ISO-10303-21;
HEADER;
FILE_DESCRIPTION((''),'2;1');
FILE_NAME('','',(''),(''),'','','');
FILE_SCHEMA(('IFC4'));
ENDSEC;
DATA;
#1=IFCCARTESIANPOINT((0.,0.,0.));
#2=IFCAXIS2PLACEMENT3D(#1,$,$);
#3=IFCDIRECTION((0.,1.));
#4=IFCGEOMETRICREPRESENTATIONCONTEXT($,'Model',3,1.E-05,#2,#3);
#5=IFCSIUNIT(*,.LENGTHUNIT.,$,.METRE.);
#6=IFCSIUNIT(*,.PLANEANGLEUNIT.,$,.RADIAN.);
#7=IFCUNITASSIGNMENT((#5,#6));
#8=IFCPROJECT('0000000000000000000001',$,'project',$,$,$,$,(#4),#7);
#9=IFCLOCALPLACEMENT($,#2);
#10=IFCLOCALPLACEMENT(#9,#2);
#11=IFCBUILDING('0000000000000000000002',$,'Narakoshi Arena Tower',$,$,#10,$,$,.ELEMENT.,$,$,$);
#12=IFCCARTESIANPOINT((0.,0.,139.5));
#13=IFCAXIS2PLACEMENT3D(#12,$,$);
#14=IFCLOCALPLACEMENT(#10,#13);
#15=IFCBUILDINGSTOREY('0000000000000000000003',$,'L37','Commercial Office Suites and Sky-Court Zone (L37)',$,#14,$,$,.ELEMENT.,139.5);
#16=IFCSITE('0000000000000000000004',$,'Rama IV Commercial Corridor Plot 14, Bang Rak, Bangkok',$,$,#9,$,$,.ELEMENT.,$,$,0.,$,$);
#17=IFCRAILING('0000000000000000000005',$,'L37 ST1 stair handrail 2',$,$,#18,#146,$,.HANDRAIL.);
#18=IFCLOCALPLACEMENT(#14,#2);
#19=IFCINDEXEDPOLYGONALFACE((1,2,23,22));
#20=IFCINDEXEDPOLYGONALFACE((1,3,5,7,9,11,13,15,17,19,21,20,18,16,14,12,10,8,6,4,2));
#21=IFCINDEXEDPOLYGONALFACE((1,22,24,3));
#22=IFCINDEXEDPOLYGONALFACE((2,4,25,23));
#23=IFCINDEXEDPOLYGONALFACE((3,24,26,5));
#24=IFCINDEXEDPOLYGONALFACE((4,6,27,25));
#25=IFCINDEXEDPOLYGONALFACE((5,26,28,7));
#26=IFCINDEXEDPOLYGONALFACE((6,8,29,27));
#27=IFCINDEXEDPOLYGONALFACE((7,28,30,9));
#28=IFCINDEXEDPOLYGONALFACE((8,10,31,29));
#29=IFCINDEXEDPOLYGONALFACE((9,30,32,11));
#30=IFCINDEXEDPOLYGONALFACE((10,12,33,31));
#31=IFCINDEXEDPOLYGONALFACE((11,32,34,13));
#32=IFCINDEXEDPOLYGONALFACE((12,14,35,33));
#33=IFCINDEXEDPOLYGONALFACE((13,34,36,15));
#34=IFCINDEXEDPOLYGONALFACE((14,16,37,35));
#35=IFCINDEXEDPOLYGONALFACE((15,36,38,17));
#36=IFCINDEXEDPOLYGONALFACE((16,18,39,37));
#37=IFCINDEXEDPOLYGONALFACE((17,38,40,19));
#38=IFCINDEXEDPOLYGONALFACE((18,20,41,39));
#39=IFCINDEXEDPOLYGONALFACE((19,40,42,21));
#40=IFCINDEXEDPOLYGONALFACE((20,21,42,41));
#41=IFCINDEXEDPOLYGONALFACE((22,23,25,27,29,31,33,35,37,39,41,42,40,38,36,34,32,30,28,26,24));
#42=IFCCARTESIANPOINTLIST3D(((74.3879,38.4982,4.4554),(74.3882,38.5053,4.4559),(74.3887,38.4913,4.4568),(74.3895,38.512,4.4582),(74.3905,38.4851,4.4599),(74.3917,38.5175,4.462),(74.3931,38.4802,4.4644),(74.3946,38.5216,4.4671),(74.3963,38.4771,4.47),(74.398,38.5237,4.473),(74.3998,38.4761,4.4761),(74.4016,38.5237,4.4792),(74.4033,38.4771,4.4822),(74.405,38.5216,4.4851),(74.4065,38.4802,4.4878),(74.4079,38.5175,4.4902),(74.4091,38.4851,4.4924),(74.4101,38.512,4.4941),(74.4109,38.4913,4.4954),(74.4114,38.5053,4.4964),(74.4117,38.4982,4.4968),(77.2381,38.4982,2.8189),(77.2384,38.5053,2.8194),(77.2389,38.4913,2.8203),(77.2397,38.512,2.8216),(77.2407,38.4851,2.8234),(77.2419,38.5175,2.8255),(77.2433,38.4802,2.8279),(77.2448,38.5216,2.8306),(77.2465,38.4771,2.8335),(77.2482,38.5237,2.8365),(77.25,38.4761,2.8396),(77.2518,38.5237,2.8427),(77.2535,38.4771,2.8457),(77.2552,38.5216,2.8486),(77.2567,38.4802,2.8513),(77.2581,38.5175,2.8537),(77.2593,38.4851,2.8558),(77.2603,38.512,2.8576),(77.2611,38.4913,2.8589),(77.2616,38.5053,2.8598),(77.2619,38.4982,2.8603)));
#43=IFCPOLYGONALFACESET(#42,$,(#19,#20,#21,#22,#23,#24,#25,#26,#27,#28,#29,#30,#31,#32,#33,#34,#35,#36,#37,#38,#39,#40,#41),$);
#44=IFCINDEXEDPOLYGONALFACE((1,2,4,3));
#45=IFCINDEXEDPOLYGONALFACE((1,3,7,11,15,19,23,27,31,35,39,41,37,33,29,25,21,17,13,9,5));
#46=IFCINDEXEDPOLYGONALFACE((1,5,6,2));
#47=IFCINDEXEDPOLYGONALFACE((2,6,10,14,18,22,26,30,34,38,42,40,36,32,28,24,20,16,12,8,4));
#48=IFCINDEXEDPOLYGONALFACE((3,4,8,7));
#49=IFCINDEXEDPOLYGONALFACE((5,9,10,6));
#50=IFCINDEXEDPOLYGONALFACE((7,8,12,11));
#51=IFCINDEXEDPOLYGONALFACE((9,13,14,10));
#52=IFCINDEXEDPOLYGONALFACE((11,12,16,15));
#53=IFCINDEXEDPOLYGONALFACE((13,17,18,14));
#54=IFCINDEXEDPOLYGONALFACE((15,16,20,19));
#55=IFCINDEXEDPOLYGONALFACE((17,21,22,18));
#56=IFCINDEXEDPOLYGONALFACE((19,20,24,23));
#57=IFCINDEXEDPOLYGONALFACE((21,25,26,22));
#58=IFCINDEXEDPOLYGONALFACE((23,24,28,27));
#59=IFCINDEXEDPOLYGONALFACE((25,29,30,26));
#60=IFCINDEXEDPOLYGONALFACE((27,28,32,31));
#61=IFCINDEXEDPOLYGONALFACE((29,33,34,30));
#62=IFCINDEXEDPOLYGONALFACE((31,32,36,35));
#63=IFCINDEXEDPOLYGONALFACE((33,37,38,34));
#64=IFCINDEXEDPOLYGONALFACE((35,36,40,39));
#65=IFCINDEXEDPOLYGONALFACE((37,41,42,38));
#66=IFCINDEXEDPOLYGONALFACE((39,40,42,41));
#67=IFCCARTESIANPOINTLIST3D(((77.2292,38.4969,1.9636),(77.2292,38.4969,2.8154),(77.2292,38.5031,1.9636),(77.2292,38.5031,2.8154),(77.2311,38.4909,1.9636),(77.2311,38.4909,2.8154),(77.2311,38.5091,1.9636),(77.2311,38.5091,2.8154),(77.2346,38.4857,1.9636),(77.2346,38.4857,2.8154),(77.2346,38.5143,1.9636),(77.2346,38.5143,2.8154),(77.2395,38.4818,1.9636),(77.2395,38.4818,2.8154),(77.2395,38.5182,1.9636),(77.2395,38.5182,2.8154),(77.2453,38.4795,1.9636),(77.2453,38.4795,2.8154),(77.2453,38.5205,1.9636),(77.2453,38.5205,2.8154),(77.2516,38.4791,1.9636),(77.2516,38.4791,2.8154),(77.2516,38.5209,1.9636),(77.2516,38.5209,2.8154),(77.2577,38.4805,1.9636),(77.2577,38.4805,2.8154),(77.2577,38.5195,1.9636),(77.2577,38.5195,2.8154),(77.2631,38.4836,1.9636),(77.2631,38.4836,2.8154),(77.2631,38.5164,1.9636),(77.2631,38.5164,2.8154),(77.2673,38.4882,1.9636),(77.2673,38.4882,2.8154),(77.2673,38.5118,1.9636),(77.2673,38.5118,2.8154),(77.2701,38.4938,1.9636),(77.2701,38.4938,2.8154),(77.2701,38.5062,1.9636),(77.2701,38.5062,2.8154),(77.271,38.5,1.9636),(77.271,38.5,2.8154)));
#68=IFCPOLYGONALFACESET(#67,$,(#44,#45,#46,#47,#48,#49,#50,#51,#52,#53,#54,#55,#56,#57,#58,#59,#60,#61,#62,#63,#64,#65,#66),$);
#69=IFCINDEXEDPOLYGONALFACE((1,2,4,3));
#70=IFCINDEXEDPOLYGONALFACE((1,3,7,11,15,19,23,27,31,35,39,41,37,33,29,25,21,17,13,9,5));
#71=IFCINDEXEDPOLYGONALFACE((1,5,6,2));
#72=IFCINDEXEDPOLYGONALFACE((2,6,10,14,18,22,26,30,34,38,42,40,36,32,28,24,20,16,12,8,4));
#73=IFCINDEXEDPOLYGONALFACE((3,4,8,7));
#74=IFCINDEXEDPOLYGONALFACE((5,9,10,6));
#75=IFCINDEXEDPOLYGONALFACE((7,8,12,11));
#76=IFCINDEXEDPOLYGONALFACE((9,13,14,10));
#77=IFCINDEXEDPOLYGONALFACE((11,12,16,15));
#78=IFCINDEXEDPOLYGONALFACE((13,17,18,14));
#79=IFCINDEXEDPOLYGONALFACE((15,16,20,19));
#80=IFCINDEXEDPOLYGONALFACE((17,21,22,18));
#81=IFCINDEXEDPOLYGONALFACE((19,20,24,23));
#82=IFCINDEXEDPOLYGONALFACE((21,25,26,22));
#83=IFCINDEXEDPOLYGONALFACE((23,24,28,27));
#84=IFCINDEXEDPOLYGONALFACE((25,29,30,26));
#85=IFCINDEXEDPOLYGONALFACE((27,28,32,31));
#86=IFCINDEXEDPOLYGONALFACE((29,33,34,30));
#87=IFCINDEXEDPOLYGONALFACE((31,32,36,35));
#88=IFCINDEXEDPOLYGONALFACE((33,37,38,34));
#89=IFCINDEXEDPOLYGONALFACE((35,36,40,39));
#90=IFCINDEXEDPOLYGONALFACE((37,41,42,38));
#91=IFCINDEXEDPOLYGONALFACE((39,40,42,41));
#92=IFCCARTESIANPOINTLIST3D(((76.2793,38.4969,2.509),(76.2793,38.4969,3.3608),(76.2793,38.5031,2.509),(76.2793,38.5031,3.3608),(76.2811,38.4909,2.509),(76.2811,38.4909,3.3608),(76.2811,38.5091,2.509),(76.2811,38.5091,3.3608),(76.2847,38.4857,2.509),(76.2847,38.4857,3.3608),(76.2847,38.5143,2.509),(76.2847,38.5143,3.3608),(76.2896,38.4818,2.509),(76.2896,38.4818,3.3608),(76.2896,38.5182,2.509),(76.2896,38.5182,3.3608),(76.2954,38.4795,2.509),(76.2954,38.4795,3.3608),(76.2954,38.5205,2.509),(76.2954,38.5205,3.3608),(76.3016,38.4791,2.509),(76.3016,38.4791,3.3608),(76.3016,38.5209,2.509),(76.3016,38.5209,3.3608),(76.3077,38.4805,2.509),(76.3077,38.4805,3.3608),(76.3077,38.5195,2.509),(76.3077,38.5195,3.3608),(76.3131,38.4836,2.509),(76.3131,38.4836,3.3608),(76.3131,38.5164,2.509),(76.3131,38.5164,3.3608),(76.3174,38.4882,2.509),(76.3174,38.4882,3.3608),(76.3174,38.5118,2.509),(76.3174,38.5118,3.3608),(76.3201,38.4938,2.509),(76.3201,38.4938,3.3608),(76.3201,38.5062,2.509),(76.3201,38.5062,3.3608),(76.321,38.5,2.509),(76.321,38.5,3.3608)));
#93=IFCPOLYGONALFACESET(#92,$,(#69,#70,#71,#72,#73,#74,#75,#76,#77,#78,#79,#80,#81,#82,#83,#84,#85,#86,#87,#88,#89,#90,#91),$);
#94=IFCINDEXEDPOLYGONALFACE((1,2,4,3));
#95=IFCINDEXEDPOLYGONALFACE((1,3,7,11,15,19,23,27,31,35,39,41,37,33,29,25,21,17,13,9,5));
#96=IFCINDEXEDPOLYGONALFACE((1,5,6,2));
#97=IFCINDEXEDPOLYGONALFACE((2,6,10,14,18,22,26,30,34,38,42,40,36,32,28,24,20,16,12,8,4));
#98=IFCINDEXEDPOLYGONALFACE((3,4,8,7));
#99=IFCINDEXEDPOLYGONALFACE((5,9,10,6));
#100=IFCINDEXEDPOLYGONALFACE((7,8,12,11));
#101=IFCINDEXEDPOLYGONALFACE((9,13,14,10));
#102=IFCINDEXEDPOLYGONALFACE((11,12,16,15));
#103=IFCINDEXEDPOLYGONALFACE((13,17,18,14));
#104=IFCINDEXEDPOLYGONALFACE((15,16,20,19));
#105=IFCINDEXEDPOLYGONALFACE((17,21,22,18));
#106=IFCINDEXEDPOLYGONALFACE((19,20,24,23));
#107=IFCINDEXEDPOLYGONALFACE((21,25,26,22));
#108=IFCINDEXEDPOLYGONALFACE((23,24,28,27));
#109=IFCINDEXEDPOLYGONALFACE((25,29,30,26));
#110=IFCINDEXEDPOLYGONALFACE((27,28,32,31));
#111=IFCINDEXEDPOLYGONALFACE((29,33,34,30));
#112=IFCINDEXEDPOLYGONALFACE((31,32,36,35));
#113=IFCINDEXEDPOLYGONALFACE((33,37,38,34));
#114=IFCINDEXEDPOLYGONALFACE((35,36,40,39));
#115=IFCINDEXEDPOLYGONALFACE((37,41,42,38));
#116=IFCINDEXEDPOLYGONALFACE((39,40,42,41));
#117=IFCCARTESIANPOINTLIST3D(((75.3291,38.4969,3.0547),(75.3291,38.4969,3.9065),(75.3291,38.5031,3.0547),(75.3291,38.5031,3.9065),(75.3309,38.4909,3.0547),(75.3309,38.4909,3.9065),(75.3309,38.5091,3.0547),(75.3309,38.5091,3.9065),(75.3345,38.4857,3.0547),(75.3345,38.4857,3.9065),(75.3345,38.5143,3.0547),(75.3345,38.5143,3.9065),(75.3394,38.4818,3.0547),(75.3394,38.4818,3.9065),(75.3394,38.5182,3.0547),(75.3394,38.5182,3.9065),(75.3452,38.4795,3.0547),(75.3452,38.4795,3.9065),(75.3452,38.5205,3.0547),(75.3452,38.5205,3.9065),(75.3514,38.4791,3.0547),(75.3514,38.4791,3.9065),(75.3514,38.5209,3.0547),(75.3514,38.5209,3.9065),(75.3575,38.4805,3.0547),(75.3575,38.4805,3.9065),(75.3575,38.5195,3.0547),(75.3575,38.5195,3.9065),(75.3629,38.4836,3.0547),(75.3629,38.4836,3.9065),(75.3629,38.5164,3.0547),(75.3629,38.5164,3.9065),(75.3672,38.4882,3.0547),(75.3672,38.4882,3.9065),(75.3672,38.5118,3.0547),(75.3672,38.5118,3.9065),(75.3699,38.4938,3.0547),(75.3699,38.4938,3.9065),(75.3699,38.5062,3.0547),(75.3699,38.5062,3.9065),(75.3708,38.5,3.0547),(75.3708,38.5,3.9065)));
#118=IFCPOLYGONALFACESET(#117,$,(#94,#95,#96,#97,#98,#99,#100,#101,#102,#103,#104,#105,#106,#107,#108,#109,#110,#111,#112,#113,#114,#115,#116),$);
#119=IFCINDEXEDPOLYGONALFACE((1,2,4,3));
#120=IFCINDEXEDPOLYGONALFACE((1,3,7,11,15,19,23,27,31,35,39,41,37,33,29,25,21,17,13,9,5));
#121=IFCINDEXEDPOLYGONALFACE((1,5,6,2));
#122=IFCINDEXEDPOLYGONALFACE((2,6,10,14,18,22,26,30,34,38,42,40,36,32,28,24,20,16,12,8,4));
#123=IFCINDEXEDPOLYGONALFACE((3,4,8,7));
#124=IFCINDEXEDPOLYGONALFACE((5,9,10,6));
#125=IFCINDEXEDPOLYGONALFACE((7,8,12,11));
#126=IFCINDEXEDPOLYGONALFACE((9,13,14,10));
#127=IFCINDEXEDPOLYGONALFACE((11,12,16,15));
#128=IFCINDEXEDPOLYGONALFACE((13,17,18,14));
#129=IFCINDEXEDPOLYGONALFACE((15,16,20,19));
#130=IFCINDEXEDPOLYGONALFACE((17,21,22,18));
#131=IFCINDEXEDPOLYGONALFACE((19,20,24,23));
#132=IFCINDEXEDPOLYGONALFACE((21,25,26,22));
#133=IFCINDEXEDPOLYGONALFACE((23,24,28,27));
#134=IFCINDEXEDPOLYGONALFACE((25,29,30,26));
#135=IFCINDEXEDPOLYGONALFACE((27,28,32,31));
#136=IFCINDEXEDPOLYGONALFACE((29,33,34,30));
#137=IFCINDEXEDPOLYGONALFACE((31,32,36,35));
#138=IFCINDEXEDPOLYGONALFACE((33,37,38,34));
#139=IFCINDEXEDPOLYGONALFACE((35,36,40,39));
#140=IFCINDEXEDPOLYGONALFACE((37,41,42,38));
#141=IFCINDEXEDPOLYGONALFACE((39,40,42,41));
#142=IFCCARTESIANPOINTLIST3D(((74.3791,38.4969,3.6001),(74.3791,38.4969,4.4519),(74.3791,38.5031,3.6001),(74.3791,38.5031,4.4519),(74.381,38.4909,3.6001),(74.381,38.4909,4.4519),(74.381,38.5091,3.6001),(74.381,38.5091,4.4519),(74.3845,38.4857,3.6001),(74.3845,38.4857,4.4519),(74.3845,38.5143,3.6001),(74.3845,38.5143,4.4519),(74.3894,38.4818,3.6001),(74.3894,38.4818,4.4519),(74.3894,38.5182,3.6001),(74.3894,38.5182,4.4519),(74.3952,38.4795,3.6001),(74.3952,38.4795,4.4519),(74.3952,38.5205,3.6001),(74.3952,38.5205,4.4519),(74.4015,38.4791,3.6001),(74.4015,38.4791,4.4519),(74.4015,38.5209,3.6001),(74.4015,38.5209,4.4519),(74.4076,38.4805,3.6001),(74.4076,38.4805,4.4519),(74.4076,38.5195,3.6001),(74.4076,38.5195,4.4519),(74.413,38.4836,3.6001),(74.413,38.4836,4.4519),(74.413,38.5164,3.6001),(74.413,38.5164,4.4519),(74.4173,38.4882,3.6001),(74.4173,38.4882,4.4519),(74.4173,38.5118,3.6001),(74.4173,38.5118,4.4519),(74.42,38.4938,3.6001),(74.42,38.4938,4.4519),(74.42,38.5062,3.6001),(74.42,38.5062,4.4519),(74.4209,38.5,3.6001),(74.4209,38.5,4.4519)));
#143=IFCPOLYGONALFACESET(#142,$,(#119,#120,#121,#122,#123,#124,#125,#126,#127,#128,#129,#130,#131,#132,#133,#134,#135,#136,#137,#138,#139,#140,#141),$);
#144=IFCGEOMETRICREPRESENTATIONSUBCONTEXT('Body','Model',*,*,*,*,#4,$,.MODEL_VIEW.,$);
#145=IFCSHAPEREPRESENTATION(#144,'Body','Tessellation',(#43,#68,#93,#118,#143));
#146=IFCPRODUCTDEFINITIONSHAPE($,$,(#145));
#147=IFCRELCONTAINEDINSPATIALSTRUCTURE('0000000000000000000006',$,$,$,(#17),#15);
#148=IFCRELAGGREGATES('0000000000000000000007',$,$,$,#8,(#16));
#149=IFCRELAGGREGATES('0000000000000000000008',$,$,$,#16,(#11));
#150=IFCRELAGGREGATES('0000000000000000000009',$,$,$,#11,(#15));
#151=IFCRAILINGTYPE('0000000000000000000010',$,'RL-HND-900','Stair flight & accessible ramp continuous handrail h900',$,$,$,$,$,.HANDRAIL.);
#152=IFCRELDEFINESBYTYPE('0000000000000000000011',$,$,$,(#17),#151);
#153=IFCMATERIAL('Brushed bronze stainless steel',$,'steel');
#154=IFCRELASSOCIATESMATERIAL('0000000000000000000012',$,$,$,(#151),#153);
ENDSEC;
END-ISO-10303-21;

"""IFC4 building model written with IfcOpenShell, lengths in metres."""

from ifc_helpers import new_model, si_unit, direction, frame, origin, origin_2d, place, context, subcontext, project, spatial, circle, extrude, material, type_object, element, save


model = new_model("IFC4")

# Units and contexts
model_context = context("Model", 3, precision=1e-05, world=origin(), true_north=direction((0.0, 1.0)))
body_context = subcontext(model_context, "Body", "Model", "MODEL_VIEW")
ifc_project = project(units=[si_unit("LENGTHUNIT", "METRE"), si_unit("PLANEANGLEUNIT", "RADIAN")], contexts=[model_context])

# Site, building, storey
site_placement = place(None, origin())
site = spatial("IfcSite", under=ifc_project, at=site_placement, Name="Rama IV Commercial Corridor Plot 14, Bang Rak, Bangkok", CompositionType="ELEMENT", RefElevation=0.0)
building_placement = place(site_placement, origin())
building = spatial("IfcBuilding", under=site, at=building_placement, Name="Narakoshi Arena Tower", CompositionType="ELEMENT")
storey_placement = place(building_placement, frame((0.0, 0.0, 139.5)))
storey = spatial("IfcBuildingStorey", under=building, at=storey_placement, Name="L37", Description="Commercial Office Suites and Sky-Court Zone (L37)", CompositionType="ELEMENT", Elevation=139.5)

# Shared definitions
ifc_material_1 = material(Name="Brushed bronze stainless steel", Category="steel")

# Railing
railing_type_1 = type_object("IfcRailingType", Name="RL-HND-900", Description="Stair flight & accessible ramp continuous handrail h900", PredefinedType="HANDRAIL", material=ifc_material_1)
railing_1_placement = place(storey_placement, frame((77.25, 38.5, 1.9636)))
element("IfcRailing", 1, at=railing_1_placement, inside=storey, type_object=railing_type_1, Name="L37 ST1 stair handrail 2", PredefinedType="HANDRAIL", context=body_context, shape_type="SweptSolid", body=[
    extrude(circle(Radius=0.0239, at=origin_2d()), frame((0.0, 0.0, 0.876), z_axis=(-0.867213, 0.0, 0.497938), x_axis=(0.0, -1.0, 0.0)), (0.0, 0.0, 1.0), 3.2866),
    extrude(circle(Radius=0.021, at=origin_2d()), origin(), (0.0, 0.0, 1.0), 0.8518),
    extrude(circle(Radius=0.021, at=origin_2d()), frame((-0.95, 0.0, 0.5454)), (0.0, 0.0, 1.0), 0.8518),
    extrude(circle(Radius=0.021, at=origin_2d()), frame((-1.9001, 0.0, 1.0911)), (0.0, 0.0, 1.0), 0.8518),
    extrude(circle(Radius=0.021, at=origin_2d()), frame((-2.8501, 0.0, 1.6365)), (0.0, 0.0, 1.0), 0.8518),
])

save(model, "model.ifc")
